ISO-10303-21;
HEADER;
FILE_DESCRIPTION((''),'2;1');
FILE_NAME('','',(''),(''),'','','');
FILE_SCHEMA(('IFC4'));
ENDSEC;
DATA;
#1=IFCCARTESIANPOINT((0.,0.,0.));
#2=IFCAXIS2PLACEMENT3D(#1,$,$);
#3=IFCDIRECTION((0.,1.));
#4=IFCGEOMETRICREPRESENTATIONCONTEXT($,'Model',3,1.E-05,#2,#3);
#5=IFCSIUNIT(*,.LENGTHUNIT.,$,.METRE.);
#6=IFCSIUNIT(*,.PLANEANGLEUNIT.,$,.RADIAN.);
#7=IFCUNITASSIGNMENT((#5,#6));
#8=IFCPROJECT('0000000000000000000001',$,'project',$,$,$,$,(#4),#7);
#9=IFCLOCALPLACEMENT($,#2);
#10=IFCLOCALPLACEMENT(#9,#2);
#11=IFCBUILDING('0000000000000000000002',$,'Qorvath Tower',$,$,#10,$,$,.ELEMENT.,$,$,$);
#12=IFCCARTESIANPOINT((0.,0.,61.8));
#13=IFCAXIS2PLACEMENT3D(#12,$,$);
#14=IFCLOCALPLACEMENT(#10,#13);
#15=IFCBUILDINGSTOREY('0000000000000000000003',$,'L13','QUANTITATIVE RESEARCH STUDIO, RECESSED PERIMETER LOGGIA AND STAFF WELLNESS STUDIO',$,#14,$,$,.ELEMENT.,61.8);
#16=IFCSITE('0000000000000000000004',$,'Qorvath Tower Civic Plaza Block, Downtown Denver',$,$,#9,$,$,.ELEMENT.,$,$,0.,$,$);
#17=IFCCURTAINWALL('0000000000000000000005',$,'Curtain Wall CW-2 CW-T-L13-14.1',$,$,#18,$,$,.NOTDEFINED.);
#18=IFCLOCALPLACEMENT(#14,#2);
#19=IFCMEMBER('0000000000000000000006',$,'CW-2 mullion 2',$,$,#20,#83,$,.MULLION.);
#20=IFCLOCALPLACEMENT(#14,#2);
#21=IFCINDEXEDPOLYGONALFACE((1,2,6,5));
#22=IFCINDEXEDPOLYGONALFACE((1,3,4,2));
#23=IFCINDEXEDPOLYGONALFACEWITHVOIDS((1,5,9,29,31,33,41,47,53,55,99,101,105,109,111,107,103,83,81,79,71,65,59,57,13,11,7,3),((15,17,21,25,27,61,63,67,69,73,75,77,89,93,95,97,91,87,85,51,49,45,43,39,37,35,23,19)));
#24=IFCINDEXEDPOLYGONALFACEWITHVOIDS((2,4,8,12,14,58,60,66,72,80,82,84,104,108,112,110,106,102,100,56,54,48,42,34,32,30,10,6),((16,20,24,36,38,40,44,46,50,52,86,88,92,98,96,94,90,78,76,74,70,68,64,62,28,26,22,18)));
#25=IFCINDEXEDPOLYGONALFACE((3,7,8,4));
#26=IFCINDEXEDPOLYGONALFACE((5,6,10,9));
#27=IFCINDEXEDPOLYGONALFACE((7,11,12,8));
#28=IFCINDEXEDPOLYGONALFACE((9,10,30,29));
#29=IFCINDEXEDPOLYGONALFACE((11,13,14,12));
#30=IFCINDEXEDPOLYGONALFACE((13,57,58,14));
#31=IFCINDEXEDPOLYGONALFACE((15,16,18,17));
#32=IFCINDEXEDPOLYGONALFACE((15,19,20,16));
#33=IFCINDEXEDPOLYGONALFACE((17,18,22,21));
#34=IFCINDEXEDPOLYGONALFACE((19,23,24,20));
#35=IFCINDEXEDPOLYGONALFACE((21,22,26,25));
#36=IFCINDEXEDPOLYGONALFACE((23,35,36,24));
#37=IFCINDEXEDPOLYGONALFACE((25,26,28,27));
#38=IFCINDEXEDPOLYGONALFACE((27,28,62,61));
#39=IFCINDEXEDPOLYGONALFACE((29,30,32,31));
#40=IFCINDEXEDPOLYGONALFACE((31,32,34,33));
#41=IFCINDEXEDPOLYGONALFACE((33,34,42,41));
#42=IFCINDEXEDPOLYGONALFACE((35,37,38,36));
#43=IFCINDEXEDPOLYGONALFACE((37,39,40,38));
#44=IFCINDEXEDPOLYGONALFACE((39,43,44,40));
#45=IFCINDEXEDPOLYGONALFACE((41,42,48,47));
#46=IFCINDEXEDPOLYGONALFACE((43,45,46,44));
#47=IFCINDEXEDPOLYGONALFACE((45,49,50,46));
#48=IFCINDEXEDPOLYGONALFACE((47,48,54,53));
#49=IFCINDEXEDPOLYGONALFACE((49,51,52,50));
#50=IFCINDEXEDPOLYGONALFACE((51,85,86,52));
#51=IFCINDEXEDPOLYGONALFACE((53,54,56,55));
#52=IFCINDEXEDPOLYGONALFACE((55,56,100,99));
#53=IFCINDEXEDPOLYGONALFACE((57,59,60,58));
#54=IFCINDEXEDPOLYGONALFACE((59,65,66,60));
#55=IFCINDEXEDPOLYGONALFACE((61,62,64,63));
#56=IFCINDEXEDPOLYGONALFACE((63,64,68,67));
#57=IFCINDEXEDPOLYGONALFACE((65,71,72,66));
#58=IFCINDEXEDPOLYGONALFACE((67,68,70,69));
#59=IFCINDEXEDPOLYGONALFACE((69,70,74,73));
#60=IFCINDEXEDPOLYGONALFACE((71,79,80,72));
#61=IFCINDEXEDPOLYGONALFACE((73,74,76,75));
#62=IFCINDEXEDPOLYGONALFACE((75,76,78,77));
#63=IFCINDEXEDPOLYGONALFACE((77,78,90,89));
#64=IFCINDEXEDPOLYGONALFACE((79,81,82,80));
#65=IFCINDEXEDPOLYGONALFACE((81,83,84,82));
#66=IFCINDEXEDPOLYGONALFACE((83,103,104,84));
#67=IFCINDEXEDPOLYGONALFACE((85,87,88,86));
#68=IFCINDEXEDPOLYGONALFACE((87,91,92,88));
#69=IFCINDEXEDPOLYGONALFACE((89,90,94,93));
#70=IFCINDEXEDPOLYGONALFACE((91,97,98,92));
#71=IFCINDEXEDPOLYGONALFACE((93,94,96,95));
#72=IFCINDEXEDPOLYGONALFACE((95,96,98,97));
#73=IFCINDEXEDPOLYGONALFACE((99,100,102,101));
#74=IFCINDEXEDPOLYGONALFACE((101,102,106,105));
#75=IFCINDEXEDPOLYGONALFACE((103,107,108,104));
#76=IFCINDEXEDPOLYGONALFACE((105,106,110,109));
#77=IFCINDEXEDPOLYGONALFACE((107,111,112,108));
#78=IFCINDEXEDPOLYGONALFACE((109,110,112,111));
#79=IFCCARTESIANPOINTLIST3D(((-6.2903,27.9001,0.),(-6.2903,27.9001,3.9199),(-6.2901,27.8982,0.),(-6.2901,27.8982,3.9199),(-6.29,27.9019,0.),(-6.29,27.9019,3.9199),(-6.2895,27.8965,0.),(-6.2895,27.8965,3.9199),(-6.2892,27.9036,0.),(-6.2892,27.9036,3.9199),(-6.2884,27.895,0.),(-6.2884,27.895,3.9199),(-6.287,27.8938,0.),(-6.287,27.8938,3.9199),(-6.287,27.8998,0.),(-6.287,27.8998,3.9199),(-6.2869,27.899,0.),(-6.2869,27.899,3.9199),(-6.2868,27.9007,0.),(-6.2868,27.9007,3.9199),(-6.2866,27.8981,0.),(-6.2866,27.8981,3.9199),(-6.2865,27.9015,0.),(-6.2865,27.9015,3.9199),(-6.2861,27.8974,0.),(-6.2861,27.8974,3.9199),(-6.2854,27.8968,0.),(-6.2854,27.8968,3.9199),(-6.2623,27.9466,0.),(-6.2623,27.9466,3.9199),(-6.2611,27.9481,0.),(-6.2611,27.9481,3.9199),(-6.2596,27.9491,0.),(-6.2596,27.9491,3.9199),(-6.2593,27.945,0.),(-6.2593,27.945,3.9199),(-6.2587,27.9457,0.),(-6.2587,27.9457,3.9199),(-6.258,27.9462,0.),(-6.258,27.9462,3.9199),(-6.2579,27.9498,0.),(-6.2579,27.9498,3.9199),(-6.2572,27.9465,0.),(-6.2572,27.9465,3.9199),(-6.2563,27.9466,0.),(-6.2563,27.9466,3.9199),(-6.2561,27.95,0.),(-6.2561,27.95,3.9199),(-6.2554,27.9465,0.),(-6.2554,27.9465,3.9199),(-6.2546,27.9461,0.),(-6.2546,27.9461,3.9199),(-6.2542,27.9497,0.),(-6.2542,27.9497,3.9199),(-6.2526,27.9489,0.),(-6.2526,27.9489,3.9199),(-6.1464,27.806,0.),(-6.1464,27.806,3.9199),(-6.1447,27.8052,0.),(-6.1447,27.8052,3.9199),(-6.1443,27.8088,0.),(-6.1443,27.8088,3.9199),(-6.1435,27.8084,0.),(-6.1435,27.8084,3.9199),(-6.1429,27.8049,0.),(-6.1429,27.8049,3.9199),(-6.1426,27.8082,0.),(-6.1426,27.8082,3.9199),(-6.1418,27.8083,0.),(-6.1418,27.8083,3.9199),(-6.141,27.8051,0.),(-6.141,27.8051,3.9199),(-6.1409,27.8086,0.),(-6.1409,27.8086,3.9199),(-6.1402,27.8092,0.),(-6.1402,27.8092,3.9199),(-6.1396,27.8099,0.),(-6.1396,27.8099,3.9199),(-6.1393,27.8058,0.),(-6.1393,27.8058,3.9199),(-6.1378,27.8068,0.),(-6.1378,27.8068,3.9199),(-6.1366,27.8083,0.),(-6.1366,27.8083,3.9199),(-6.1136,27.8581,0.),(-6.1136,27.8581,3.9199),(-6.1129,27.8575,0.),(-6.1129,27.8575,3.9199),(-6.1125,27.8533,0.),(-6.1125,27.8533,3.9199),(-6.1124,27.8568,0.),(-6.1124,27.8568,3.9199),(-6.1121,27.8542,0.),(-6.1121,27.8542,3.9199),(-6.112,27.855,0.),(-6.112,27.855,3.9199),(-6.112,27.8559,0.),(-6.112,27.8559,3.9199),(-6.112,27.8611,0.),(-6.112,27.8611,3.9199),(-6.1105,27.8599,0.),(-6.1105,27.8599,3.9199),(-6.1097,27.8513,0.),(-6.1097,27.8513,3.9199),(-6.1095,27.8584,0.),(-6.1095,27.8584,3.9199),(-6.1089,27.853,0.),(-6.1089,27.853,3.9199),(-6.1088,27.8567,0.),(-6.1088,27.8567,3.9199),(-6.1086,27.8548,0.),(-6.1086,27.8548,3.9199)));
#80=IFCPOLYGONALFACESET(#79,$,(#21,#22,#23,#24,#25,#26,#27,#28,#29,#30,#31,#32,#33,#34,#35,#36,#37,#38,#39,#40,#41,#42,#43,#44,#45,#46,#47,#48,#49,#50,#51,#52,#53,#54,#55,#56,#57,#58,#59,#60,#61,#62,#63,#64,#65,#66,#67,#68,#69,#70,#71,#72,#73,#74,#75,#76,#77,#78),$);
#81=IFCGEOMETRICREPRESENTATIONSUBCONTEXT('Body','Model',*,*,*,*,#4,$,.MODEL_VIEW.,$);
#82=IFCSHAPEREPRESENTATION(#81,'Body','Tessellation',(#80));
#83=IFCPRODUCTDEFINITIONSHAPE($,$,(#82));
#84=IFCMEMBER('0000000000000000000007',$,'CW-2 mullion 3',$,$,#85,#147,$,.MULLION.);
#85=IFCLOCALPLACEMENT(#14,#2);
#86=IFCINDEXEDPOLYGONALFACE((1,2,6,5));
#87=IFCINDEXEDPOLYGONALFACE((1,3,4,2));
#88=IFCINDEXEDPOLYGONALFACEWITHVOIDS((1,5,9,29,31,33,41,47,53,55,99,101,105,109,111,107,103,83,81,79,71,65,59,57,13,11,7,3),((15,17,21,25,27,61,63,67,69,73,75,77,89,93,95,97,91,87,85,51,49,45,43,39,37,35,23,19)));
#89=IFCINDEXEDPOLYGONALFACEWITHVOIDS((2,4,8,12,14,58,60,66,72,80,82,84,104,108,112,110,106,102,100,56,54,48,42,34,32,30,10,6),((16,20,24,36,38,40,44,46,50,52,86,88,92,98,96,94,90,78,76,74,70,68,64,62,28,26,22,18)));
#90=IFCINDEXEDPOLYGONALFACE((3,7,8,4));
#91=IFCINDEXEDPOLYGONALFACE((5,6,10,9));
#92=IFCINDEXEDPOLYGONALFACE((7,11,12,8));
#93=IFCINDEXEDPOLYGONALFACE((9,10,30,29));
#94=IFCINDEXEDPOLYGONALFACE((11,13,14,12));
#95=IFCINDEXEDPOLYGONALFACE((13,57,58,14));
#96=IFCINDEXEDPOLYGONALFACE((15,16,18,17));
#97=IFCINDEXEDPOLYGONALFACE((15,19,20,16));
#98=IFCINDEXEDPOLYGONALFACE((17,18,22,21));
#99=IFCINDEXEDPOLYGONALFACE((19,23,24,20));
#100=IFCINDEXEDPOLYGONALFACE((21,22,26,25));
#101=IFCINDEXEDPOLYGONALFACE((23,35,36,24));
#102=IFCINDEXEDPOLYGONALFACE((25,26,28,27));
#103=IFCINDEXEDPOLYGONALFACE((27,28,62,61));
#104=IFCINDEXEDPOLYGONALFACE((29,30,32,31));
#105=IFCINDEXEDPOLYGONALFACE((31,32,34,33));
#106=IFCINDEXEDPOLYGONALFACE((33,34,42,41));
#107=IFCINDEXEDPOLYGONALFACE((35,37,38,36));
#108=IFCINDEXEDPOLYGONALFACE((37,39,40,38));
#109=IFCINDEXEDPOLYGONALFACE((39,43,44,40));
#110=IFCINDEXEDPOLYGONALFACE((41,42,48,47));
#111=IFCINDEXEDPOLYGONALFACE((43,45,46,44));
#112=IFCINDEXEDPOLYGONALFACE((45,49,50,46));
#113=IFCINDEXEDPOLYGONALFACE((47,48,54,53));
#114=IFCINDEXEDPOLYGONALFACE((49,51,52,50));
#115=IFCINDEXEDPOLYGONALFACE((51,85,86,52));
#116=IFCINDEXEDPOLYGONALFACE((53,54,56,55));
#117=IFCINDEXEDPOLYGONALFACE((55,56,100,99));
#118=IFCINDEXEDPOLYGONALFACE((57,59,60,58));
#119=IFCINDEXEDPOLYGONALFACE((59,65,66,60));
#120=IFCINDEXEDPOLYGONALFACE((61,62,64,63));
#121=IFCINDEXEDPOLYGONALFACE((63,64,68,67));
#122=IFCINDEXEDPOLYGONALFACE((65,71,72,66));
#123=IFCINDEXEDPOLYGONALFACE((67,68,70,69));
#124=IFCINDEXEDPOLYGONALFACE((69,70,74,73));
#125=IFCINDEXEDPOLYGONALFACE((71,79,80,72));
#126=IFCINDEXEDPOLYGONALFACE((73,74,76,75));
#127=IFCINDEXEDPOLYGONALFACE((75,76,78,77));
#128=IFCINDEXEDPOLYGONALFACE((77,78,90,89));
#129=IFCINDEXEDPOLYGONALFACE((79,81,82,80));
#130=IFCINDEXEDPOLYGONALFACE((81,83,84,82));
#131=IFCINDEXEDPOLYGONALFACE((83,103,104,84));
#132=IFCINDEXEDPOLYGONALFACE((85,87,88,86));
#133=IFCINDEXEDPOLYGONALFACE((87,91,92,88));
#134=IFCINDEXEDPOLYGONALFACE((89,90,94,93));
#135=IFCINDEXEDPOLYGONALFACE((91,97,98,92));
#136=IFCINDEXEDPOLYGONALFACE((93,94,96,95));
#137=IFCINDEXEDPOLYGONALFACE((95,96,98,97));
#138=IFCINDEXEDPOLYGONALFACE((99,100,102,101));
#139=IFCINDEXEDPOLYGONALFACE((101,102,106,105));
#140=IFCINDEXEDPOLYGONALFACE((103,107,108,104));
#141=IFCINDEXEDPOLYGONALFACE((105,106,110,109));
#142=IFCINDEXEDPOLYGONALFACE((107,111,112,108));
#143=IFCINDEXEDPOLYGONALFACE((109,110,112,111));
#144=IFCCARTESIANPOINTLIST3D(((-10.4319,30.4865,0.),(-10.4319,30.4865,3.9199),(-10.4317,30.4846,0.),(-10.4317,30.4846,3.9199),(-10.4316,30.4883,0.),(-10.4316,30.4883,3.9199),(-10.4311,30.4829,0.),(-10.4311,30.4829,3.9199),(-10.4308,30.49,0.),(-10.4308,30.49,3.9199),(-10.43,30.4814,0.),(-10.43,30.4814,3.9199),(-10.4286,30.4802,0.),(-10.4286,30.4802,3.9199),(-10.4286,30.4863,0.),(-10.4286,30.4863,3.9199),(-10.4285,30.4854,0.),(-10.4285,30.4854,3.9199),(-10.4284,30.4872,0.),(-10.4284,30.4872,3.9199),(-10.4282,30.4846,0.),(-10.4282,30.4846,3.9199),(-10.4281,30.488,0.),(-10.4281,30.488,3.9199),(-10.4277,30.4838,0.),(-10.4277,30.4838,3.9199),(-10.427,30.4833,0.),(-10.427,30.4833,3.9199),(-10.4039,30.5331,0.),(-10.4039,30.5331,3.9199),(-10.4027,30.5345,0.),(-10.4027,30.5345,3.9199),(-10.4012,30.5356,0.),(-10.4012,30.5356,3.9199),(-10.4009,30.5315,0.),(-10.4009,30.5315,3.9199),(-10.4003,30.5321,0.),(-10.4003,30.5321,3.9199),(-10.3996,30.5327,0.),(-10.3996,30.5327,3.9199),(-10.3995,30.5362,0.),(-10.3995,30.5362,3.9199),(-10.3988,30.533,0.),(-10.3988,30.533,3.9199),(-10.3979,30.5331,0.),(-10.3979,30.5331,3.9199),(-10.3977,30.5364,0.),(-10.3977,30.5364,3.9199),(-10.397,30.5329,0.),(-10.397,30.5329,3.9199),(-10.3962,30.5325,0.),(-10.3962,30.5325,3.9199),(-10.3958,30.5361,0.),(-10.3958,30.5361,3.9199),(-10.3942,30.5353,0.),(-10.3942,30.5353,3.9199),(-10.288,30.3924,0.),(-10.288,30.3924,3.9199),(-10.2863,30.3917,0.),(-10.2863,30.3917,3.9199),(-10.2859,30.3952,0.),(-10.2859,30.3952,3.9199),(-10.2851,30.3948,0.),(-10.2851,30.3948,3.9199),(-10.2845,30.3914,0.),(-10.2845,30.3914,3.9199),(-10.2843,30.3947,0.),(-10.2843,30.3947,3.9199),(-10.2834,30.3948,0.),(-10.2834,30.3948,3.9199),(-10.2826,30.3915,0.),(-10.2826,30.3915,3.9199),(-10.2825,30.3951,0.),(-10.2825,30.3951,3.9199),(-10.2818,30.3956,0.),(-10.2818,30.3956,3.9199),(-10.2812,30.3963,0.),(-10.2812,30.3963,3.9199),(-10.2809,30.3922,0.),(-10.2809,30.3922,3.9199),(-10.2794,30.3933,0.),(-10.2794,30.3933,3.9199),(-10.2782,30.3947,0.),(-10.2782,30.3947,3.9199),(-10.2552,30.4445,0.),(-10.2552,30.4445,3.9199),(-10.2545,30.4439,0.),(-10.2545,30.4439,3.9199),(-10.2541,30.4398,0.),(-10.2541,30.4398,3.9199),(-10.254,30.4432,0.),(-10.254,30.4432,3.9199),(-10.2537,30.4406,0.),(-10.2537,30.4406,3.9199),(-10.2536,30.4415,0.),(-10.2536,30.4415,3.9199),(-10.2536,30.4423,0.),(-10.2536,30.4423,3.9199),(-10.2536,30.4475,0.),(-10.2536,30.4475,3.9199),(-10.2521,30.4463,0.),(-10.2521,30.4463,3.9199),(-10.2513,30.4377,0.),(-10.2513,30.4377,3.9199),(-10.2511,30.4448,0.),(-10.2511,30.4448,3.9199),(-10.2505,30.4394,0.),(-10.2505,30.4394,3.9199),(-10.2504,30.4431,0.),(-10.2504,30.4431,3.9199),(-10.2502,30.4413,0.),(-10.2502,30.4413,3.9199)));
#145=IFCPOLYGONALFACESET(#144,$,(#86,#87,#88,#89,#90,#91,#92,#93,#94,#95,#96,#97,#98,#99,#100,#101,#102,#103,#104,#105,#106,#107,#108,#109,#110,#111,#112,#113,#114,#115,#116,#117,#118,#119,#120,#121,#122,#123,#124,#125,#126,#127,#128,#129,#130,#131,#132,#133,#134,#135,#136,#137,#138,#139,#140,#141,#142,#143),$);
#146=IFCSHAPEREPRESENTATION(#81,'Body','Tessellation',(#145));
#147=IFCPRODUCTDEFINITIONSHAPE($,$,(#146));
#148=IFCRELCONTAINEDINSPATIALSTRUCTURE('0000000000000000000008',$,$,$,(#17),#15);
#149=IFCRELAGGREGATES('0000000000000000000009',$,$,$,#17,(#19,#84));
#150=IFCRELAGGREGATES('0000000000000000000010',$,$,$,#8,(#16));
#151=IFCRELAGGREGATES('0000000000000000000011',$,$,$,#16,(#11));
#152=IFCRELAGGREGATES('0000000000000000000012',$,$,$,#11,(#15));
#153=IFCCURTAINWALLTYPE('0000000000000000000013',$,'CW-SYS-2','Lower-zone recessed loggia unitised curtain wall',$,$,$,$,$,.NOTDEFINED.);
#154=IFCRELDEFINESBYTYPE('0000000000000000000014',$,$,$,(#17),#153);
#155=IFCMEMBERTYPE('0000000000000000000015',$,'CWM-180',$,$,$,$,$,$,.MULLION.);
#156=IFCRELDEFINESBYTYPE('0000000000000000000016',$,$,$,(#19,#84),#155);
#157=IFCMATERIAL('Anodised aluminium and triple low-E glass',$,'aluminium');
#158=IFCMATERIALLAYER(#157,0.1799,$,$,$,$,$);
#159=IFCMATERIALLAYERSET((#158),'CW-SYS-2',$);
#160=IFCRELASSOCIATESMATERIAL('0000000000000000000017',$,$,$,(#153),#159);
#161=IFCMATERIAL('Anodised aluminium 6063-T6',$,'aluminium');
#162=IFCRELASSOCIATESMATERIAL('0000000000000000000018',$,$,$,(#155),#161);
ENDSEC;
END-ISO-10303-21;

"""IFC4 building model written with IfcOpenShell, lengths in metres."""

from ifc_helpers import new_model, si_unit, direction, frame, origin, origin_2d, place, context, subcontext, project, spatial, hollow_rectangle, extrude, material, layer, layer_set, material_profile, profile_set, type_object, element, aggregate, save


model = new_model("IFC4")

# Units and contexts
model_context = context("Model", 3, precision=1e-05, world=origin(), true_north=direction((0.0, 1.0)))
body_context = subcontext(model_context, "Body", "Model", "MODEL_VIEW")
ifc_project = project(units=[si_unit("LENGTHUNIT", "METRE"), si_unit("PLANEANGLEUNIT", "RADIAN")], contexts=[model_context])

# Site, building, storey
site_placement = place(None, origin())
site = spatial("IfcSite", under=ifc_project, at=site_placement, Name="Qorvath Tower Civic Plaza Block, Downtown Denver", CompositionType="ELEMENT", RefElevation=0.0)
building_placement = place(site_placement, origin())
building = spatial("IfcBuilding", under=site, at=building_placement, Name="Qorvath Tower", CompositionType="ELEMENT")
storey_placement = place(building_placement, frame((0.0, 0.0, 61.8)))
storey = spatial("IfcBuildingStorey", under=building, at=storey_placement, Name="L13", Description="QUANTITATIVE RESEARCH STUDIO, RECESSED PERIMETER LOGGIA AND STAFF WELLNESS STUDIO", CompositionType="ELEMENT", Elevation=61.8)

# Shared definitions
ifc_material_1 = material(Name="Anodised aluminium and triple low-E glass", Category="aluminium")
ifc_layer_1 = layer(ifc_material_1, 0.1799)
ifc_layer_set_1 = layer_set([ifc_layer_1], Name="CW-SYS-2")
curtain_wall_type = type_object("IfcCurtainWallType", Name="CW-SYS-2", Description="Lower-zone recessed loggia unitised curtain wall", PredefinedType="NOTDEFINED", material=ifc_layer_set_1)
ifc_material_2 = material(Name="Anodised aluminium 6063-T6", Category="aluminium")
ifc_material_profile_1 = material_profile(ifc_material_2, hollow_rectangle(XDim=0.0649, YDim=0.1799, WallThickness=0.0034, InnerFilletRadius=0.0034, OuterFilletRadius=0.0071, at=origin_2d()), Name="CWM 180x65")
ifc_profile_set_1 = profile_set([ifc_material_profile_1], Name="Anodised aluminium 6063-T6")
member_type_1 = type_object("IfcMemberType", Name="CWM-180", PredefinedType="MULLION", material=ifc_profile_set_1)

# Curtain wall, members
curtain_wall_1_placement = place(storey_placement, origin())
curtain_wall_1 = element("IfcCurtainWall", 1, at=curtain_wall_1_placement, inside=storey, type_object=curtain_wall_type, Name="Curtain Wall CW-2 CW-T-L13-14.1", PredefinedType="NOTDEFINED")
member_1_placement = place(storey_placement, frame((-6.1995, 27.8774, 0.0), z_axis=(0.0, 0.0, 1.0), x_axis=(-0.529692, -0.84819, 0.0)))
member_1 = element("IfcMember", 2, at=member_1_placement, type_object=member_type_1, Name="CW-2 mullion 2", PredefinedType="MULLION", context=body_context, shape_type="SweptSolid", body=[
    extrude(hollow_rectangle(XDim=0.0649, YDim=0.1799, WallThickness=0.0034, InnerFilletRadius=0.0034, OuterFilletRadius=0.0071, at=origin_2d()), origin(), (0.0, 0.0, 1.0), 3.9199),
])
member_2_placement = place(storey_placement, frame((-10.3411, 30.4639, 0.0), z_axis=(0.0, 0.0, 1.0), x_axis=(-0.529692, -0.84819, 0.0)))
member_2 = element("IfcMember", 3, at=member_2_placement, type_object=member_type_1, Name="CW-2 mullion 3", PredefinedType="MULLION", context=body_context, shape_type="SweptSolid", body=[
    extrude(hollow_rectangle(XDim=0.0649, YDim=0.1799, WallThickness=0.0034, InnerFilletRadius=0.0034, OuterFilletRadius=0.0071, at=origin_2d()), origin(), (0.0, 0.0, 1.0), 3.9199),
])

aggregate(curtain_wall_1, [member_1, member_2])

save(model, "model.ifc")
